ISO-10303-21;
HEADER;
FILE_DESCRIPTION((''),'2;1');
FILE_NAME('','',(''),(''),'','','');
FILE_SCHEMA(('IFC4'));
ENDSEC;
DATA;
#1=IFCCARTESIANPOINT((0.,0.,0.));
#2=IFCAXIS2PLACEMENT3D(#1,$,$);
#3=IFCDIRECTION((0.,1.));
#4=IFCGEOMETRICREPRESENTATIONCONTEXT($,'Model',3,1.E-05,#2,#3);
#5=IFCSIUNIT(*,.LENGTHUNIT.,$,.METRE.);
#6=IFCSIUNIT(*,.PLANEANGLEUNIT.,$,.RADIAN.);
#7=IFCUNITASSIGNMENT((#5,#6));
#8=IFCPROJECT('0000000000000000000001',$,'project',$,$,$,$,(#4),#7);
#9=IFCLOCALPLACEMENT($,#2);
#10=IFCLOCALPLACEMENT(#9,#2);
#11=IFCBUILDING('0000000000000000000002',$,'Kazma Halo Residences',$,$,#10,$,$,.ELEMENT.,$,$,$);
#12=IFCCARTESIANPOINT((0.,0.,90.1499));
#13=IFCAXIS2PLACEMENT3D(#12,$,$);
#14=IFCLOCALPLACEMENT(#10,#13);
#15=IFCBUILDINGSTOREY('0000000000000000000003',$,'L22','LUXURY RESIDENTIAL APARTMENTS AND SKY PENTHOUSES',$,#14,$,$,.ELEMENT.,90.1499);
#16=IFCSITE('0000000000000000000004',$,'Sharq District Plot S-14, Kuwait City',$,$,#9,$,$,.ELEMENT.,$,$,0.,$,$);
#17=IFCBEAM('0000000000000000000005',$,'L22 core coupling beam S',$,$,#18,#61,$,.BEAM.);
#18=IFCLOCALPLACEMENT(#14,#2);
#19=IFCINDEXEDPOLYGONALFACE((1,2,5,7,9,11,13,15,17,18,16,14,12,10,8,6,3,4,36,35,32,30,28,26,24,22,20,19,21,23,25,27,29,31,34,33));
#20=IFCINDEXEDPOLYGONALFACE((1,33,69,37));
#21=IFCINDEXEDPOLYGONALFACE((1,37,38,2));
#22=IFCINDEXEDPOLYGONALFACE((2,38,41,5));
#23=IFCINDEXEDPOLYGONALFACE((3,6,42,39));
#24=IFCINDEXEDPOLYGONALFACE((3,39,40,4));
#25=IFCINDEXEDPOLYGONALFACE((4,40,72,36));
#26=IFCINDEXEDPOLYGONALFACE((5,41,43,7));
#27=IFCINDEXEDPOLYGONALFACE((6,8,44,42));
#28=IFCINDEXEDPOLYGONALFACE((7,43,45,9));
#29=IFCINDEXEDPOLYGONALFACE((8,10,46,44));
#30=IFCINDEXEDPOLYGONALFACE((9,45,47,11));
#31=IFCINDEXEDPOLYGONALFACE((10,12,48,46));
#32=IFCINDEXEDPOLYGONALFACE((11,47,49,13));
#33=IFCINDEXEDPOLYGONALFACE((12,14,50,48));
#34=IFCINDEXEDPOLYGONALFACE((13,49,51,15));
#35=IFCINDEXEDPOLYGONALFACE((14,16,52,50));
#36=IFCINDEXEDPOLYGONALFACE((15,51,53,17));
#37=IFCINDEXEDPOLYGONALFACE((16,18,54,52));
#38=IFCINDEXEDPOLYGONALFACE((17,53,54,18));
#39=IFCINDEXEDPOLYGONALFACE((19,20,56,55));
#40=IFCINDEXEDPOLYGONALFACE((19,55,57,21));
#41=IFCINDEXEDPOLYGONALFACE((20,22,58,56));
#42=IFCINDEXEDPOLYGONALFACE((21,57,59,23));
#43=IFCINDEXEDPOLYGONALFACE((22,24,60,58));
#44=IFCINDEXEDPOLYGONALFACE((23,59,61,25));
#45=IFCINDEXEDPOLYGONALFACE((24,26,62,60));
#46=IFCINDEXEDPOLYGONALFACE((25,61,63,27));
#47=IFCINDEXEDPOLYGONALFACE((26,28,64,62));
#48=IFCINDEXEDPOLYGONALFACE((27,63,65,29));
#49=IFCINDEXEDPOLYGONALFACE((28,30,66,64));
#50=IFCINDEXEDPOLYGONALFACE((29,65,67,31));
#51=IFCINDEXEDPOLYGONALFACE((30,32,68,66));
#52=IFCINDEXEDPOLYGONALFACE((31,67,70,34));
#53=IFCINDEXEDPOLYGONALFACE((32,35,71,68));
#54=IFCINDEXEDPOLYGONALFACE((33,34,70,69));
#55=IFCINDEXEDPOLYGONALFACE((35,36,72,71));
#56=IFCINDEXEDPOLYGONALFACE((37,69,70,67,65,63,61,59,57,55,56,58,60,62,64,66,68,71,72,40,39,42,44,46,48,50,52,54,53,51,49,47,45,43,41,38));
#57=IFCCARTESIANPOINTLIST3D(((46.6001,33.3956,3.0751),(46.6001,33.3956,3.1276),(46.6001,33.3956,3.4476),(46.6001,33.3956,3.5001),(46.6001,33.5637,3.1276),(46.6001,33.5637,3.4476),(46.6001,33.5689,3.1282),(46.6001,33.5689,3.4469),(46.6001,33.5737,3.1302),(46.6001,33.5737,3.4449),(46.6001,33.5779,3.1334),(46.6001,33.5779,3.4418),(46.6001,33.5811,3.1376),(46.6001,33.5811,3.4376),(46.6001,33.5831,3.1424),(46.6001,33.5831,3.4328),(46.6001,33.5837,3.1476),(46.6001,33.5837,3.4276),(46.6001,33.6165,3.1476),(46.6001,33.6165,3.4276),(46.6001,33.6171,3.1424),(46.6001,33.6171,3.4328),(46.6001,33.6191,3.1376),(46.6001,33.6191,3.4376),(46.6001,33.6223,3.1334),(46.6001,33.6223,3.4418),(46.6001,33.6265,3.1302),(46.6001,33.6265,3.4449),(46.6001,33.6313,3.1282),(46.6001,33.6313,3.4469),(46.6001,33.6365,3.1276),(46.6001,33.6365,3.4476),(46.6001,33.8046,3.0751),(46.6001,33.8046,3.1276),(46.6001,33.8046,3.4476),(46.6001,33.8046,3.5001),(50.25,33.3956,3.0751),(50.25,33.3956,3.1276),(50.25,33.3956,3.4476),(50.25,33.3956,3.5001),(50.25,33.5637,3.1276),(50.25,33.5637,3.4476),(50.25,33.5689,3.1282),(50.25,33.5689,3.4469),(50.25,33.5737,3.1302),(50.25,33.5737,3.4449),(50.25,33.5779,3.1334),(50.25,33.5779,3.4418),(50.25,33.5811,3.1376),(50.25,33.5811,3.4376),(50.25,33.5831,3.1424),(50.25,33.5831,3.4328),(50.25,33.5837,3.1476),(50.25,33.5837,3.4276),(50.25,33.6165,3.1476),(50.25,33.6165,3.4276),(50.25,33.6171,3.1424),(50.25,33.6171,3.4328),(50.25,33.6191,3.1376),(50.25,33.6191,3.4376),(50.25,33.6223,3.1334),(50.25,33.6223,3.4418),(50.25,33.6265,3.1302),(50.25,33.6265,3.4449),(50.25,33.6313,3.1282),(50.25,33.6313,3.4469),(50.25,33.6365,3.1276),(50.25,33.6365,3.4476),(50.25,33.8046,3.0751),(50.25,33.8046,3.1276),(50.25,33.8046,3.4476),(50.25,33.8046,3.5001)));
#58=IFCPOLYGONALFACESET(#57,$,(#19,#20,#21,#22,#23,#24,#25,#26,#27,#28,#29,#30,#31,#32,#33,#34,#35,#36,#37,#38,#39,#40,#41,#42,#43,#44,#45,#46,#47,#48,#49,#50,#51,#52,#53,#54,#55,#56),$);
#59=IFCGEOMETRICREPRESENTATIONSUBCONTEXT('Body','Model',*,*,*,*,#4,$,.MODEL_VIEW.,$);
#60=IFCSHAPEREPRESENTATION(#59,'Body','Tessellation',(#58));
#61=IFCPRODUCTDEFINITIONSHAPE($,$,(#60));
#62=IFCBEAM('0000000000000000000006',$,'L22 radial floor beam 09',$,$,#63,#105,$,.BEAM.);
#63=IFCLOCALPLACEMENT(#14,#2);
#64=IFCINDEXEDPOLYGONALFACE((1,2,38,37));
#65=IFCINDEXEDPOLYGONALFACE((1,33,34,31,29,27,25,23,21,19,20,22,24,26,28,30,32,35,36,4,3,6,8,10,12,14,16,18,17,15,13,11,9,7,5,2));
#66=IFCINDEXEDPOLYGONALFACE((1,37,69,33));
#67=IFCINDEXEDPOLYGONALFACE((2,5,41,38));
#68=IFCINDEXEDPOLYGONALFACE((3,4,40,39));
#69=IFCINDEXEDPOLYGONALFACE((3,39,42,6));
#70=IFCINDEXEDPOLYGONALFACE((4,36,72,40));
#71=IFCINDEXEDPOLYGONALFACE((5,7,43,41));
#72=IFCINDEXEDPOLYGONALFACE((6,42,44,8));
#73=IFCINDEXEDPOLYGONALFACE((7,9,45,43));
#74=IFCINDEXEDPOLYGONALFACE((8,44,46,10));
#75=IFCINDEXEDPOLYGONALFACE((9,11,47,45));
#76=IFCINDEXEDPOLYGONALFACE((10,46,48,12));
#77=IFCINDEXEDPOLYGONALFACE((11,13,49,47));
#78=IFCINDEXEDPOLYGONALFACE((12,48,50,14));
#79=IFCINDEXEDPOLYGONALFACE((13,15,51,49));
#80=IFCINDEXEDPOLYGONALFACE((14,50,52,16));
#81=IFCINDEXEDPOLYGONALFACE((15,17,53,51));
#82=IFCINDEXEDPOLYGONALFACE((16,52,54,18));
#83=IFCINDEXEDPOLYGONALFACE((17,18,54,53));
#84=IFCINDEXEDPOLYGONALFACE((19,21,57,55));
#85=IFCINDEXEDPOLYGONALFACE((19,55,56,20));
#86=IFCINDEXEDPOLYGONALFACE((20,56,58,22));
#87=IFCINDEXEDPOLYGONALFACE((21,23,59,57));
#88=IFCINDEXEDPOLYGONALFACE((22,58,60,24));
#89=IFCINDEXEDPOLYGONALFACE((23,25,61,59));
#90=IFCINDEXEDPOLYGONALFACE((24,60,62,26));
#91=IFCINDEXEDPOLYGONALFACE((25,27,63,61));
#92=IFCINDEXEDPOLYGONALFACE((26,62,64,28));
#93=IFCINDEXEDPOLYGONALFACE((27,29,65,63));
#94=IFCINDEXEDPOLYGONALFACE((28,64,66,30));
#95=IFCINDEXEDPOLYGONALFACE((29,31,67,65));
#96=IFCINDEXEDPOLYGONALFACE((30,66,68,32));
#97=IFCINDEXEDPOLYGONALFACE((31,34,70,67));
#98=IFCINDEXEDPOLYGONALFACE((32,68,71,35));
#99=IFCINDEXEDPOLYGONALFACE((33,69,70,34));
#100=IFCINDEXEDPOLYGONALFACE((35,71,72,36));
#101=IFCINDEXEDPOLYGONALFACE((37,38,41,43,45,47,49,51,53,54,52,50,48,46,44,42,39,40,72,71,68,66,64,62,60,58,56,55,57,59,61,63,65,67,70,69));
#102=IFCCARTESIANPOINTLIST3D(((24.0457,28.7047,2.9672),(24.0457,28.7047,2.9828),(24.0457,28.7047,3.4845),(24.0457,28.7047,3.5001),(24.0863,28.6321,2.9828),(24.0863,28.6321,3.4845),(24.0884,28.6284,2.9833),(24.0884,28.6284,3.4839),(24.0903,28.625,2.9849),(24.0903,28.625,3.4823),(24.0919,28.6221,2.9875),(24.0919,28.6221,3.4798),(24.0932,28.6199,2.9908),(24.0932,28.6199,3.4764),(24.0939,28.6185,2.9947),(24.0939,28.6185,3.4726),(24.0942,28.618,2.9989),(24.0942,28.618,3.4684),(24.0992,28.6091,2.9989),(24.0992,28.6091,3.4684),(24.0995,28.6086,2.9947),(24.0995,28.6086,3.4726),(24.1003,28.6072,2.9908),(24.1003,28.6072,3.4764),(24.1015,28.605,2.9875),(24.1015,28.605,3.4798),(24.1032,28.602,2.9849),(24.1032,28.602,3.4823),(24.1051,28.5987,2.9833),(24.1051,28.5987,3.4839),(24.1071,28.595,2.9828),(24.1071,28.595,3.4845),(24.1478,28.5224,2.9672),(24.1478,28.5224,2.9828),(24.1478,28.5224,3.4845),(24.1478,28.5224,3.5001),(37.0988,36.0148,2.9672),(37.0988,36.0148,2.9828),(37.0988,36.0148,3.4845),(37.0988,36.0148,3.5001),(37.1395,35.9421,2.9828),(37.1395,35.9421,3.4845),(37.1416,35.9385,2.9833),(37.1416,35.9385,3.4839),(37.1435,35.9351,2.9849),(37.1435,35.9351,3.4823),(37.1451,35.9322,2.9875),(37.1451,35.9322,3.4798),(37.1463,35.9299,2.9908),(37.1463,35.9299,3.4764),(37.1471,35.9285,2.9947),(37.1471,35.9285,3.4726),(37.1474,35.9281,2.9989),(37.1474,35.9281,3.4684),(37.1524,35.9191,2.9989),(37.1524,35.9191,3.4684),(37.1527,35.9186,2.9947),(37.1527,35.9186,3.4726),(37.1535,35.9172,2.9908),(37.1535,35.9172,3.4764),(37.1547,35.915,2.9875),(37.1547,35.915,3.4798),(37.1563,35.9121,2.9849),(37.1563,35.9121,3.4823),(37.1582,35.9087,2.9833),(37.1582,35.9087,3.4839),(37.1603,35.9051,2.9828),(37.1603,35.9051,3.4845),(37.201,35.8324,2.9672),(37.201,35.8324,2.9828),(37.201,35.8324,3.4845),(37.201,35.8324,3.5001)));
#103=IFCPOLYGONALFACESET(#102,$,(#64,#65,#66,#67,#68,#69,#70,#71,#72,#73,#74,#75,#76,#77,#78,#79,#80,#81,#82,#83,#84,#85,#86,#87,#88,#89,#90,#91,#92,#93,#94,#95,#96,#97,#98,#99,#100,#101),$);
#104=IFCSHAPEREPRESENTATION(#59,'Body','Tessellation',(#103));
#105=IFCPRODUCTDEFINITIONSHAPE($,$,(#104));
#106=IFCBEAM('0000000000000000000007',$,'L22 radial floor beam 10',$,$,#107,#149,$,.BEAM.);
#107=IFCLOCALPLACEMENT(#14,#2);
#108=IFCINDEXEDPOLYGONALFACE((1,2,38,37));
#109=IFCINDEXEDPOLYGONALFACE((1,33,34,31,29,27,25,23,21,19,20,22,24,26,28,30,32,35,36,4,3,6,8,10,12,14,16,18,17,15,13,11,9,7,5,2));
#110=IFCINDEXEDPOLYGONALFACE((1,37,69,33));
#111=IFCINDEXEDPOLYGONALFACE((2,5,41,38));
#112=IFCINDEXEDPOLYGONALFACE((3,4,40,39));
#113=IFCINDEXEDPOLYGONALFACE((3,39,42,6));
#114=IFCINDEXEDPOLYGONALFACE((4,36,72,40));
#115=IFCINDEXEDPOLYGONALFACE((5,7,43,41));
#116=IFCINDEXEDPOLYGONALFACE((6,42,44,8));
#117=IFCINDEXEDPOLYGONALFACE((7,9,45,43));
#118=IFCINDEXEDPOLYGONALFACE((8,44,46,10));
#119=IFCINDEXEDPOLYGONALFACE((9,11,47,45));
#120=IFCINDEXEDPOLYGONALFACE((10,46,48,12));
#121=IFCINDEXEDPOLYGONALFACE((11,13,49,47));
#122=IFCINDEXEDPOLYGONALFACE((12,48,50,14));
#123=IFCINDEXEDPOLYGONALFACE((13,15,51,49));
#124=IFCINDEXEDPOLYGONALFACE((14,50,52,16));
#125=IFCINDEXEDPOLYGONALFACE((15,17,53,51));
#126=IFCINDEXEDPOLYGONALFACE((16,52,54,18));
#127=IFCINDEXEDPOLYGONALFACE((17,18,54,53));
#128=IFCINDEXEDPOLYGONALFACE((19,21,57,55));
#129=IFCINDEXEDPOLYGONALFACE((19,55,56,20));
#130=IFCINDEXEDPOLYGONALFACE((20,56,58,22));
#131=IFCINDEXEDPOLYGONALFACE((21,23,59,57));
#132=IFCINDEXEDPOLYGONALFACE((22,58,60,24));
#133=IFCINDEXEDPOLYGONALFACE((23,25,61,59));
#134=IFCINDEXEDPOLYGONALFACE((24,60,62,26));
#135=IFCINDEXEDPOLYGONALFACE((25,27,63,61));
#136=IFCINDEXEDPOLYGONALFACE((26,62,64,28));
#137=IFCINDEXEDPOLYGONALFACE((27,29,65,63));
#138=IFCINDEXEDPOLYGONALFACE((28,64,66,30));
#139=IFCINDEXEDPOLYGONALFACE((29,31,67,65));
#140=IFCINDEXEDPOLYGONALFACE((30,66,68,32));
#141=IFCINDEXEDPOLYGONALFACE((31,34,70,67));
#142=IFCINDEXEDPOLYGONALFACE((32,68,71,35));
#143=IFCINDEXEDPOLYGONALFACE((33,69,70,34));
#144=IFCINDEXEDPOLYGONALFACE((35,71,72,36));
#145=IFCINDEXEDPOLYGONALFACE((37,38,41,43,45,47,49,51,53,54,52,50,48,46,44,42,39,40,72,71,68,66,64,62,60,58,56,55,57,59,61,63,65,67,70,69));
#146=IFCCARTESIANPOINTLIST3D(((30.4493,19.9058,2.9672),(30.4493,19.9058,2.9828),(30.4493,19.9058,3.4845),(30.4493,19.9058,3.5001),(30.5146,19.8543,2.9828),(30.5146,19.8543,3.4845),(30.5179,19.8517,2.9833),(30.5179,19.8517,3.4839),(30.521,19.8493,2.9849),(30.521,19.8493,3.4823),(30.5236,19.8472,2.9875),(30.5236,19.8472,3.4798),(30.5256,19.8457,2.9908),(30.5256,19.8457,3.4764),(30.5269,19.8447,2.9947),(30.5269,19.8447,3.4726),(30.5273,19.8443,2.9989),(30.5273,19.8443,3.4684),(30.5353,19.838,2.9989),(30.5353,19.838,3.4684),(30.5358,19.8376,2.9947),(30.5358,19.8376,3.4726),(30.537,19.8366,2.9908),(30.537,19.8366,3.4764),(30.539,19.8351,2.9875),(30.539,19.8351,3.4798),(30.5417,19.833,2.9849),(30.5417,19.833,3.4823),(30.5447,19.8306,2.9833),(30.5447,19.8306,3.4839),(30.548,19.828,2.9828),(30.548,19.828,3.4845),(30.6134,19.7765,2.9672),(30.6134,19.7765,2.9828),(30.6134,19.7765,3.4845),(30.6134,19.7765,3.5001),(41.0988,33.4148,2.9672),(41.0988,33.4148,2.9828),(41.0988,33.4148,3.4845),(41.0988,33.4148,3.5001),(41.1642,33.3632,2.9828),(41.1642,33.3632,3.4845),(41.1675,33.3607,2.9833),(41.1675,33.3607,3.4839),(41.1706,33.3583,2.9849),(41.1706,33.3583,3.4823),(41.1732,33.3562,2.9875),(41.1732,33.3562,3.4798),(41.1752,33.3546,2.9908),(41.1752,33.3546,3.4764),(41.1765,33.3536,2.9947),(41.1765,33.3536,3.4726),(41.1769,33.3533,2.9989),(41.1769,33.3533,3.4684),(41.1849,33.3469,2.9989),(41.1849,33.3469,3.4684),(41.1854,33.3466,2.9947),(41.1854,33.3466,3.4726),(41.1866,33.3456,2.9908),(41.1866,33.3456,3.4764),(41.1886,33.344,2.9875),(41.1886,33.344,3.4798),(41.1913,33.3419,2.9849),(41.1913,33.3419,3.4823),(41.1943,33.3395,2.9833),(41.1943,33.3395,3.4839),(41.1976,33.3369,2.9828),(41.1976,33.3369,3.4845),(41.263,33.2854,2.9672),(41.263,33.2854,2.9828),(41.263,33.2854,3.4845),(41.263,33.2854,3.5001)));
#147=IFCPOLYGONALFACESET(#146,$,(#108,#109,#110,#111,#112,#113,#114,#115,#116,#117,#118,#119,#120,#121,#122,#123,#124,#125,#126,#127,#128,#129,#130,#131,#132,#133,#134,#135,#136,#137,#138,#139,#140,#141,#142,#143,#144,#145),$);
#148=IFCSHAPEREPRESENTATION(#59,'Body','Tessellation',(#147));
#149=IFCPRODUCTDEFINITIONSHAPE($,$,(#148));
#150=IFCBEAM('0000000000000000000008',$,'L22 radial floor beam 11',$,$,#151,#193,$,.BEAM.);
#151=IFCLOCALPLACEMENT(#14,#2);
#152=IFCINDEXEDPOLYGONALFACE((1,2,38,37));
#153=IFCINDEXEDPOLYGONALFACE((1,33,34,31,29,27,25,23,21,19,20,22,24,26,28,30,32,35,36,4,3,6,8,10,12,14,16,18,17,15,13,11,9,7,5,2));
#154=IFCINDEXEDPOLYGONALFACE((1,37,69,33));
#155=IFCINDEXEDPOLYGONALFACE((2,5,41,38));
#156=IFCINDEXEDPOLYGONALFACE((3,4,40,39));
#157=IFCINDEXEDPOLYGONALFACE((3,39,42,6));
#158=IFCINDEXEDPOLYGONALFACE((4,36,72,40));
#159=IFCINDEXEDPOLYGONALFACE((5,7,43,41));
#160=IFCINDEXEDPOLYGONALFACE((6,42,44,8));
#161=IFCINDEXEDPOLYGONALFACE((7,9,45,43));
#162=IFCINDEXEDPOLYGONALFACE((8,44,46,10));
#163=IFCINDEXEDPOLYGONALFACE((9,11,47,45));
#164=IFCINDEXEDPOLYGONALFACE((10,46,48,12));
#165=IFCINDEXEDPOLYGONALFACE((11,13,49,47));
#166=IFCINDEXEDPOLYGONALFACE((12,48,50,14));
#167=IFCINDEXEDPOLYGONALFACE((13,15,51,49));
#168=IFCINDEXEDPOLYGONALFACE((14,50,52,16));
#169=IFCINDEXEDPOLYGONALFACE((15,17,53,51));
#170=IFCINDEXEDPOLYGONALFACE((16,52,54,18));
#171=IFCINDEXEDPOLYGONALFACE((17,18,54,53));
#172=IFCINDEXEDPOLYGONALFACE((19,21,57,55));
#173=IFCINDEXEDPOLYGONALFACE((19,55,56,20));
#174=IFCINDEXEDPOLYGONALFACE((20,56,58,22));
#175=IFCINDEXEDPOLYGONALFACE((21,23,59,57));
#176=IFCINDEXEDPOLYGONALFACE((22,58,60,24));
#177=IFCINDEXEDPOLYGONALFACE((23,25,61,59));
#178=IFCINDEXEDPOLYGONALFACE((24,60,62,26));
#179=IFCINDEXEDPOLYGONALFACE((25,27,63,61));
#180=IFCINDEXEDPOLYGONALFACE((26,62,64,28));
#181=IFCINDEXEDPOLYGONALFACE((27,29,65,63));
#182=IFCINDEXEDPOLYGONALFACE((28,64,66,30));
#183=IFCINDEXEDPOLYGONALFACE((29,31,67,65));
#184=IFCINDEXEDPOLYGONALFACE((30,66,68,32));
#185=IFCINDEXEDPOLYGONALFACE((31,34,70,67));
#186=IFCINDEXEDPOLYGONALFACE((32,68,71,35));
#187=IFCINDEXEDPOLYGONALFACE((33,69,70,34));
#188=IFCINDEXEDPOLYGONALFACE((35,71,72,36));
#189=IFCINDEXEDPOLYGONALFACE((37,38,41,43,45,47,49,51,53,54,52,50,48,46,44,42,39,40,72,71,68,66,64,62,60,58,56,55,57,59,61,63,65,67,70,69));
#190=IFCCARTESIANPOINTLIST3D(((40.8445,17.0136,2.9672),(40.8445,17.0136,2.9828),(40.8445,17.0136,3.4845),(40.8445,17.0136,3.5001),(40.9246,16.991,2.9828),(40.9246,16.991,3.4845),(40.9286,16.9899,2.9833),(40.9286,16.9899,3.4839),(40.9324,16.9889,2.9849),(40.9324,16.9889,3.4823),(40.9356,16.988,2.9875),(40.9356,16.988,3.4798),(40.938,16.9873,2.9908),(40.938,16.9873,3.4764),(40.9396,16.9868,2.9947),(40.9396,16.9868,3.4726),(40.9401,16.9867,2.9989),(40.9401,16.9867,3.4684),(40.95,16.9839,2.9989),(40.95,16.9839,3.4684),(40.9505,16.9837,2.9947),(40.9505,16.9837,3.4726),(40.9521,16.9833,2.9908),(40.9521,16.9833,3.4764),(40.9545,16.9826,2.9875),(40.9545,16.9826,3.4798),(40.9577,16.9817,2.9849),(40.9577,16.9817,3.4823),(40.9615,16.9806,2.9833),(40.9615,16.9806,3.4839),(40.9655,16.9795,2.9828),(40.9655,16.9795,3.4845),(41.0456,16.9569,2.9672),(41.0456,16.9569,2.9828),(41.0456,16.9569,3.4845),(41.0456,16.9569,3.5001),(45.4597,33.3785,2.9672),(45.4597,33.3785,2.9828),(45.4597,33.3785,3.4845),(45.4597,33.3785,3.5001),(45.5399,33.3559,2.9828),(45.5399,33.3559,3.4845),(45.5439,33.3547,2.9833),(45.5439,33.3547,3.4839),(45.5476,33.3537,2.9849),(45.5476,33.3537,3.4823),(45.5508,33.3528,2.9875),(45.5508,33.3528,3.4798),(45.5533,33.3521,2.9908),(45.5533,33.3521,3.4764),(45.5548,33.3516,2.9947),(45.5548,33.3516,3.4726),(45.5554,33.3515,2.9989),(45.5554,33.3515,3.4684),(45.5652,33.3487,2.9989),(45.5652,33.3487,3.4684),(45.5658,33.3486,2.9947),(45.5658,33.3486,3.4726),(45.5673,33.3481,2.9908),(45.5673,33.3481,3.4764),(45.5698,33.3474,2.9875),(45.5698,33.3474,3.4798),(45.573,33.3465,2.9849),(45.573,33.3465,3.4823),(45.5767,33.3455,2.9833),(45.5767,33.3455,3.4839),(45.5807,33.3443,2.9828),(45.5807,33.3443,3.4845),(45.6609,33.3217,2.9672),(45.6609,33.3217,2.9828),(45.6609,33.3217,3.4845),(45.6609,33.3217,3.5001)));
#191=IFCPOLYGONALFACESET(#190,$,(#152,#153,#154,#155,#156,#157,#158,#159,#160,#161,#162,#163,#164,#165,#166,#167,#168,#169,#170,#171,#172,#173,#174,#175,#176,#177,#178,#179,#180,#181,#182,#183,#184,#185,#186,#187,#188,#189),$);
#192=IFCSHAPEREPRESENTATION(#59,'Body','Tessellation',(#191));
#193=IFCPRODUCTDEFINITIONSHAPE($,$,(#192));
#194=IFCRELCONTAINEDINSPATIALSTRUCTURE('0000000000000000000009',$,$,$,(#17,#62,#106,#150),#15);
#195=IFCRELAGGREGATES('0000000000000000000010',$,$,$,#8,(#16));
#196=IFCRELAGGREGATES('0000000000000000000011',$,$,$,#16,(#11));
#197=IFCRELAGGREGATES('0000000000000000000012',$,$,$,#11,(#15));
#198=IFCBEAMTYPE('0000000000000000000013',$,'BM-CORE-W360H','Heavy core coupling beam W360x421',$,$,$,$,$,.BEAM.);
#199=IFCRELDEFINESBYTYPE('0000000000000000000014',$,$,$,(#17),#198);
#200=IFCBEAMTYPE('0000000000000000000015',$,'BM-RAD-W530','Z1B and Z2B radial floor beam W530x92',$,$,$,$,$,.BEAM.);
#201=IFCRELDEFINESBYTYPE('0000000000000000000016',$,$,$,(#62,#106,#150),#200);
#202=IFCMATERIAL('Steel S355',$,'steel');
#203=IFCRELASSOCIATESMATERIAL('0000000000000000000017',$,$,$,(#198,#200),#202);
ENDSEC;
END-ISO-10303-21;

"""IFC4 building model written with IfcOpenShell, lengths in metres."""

from ifc_helpers import new_model, si_unit, direction, frame, origin, origin_2d, place, context, subcontext, project, spatial, i_section, extrude, material, material_profile, profile_set, type_object, element, save


model = new_model("IFC4")

# Units and contexts
model_context = context("Model", 3, precision=1e-05, world=origin(), true_north=direction((0.0, 1.0)))
body_context = subcontext(model_context, "Body", "Model", "MODEL_VIEW")
ifc_project = project(units=[si_unit("LENGTHUNIT", "METRE"), si_unit("PLANEANGLEUNIT", "RADIAN")], contexts=[model_context])

# Site, building, storey
site_placement = place(None, origin())
site = spatial("IfcSite", under=ifc_project, at=site_placement, Name="Sharq District Plot S-14, Kuwait City", CompositionType="ELEMENT", RefElevation=0.0)
building_placement = place(site_placement, origin())
building = spatial("IfcBuilding", under=site, at=building_placement, Name="Kazma Halo Residences", CompositionType="ELEMENT")
storey_placement = place(building_placement, frame((0.0, 0.0, 90.1499)))
storey = spatial("IfcBuildingStorey", under=building, at=storey_placement, Name="L22", Description="LUXURY RESIDENTIAL APARTMENTS AND SKY PENTHOUSES", CompositionType="ELEMENT", Elevation=90.1499)

# Beams
ifc_material_1 = material(Name="Steel S355", Category="steel")
ifc_material_profile_1 = material_profile(ifc_material_1, i_section(OverallWidth=0.4089, OverallDepth=0.425, WebThickness=0.0327, FlangeThickness=0.0525, FilletRadius=0.02, at=origin_2d()), Name="W360x421")
ifc_profile_set_1 = profile_set([ifc_material_profile_1], Name="Steel S355")
beam_type_1 = type_object("IfcBeamType", Name="BM-CORE-W360H", Description="Heavy core coupling beam W360x421", PredefinedType="BEAM", material=ifc_profile_set_1)
beam_1_placement = place(storey_placement, frame((46.6001, 33.6001, 3.2876), z_axis=(1.0, 0.0, 0.0), x_axis=(0.0, 1.0, 0.0)))
element("IfcBeam", 1, at=beam_1_placement, inside=storey, type_object=beam_type_1, Name="L22 core coupling beam S", PredefinedType="BEAM", context=body_context, shape_type="SweptSolid", body=[
    extrude(i_section(OverallWidth=0.4089, OverallDepth=0.425, WebThickness=0.0327, FlangeThickness=0.0525, FilletRadius=0.02, at=origin_2d()), origin(), (0.0, 0.0, 1.0), 3.6499),
])
ifc_material_profile_2 = material_profile(ifc_material_1, i_section(OverallWidth=0.209, OverallDepth=0.533, WebThickness=0.0103, FlangeThickness=0.0156, FilletRadius=0.0161, at=origin_2d()), Name="W530x92")
ifc_profile_set_2 = profile_set([ifc_material_profile_2], Name="Steel S355")
beam_type_2 = type_object("IfcBeamType", Name="BM-RAD-W530", Description="Z1B and Z2B radial floor beam W530x92", PredefinedType="BEAM", material=ifc_profile_set_2)
beam_2_placement = place(storey_placement, frame((37.1499, 35.9236, 3.2336), z_axis=(-0.872499, -0.488616, 0.0), x_axis=(0.488616, -0.872499, 0.0)))
element("IfcBeam", 2, at=beam_2_placement, inside=storey, type_object=beam_type_2, Name="L22 radial floor beam 09", PredefinedType="BEAM", context=body_context, shape_type="SweptSolid", body=[
    extrude(i_section(OverallWidth=0.209, OverallDepth=0.533, WebThickness=0.0103, FlangeThickness=0.0156, FilletRadius=0.0161, at=origin_2d()), origin(), (0.0, 0.0, 1.0), 14.9607),
])
beam_3_placement = place(storey_placement, frame((41.1809, 33.3501, 3.2336), z_axis=(-0.619094, -0.785317, 0.0), x_axis=(0.785317, -0.619094, 0.0)))
element("IfcBeam", 3, at=beam_3_placement, inside=storey, type_object=beam_type_2, Name="L22 radial floor beam 10", PredefinedType="BEAM", context=body_context, shape_type="SweptSolid", body=[
    extrude(i_section(OverallWidth=0.209, OverallDepth=0.533, WebThickness=0.0103, FlangeThickness=0.0156, FilletRadius=0.0161, at=origin_2d()), origin(), (0.0, 0.0, 1.0), 17.2019),
])
beam_4_placement = place(storey_placement, frame((45.5603, 33.3501, 3.2336), z_axis=(-0.271435, -0.962457, 0.0), x_axis=(0.962457, -0.271435, 0.0)))
element("IfcBeam", 4, at=beam_4_placement, inside=storey, type_object=beam_type_2, Name="L22 radial floor beam 11", PredefinedType="BEAM", context=body_context, shape_type="SweptSolid", body=[
    extrude(i_section(OverallWidth=0.209, OverallDepth=0.533, WebThickness=0.0103, FlangeThickness=0.0156, FilletRadius=0.0161, at=origin_2d()), origin(), (0.0, 0.0, 1.0), 17.0032),
])

save(model, "model.ifc")
